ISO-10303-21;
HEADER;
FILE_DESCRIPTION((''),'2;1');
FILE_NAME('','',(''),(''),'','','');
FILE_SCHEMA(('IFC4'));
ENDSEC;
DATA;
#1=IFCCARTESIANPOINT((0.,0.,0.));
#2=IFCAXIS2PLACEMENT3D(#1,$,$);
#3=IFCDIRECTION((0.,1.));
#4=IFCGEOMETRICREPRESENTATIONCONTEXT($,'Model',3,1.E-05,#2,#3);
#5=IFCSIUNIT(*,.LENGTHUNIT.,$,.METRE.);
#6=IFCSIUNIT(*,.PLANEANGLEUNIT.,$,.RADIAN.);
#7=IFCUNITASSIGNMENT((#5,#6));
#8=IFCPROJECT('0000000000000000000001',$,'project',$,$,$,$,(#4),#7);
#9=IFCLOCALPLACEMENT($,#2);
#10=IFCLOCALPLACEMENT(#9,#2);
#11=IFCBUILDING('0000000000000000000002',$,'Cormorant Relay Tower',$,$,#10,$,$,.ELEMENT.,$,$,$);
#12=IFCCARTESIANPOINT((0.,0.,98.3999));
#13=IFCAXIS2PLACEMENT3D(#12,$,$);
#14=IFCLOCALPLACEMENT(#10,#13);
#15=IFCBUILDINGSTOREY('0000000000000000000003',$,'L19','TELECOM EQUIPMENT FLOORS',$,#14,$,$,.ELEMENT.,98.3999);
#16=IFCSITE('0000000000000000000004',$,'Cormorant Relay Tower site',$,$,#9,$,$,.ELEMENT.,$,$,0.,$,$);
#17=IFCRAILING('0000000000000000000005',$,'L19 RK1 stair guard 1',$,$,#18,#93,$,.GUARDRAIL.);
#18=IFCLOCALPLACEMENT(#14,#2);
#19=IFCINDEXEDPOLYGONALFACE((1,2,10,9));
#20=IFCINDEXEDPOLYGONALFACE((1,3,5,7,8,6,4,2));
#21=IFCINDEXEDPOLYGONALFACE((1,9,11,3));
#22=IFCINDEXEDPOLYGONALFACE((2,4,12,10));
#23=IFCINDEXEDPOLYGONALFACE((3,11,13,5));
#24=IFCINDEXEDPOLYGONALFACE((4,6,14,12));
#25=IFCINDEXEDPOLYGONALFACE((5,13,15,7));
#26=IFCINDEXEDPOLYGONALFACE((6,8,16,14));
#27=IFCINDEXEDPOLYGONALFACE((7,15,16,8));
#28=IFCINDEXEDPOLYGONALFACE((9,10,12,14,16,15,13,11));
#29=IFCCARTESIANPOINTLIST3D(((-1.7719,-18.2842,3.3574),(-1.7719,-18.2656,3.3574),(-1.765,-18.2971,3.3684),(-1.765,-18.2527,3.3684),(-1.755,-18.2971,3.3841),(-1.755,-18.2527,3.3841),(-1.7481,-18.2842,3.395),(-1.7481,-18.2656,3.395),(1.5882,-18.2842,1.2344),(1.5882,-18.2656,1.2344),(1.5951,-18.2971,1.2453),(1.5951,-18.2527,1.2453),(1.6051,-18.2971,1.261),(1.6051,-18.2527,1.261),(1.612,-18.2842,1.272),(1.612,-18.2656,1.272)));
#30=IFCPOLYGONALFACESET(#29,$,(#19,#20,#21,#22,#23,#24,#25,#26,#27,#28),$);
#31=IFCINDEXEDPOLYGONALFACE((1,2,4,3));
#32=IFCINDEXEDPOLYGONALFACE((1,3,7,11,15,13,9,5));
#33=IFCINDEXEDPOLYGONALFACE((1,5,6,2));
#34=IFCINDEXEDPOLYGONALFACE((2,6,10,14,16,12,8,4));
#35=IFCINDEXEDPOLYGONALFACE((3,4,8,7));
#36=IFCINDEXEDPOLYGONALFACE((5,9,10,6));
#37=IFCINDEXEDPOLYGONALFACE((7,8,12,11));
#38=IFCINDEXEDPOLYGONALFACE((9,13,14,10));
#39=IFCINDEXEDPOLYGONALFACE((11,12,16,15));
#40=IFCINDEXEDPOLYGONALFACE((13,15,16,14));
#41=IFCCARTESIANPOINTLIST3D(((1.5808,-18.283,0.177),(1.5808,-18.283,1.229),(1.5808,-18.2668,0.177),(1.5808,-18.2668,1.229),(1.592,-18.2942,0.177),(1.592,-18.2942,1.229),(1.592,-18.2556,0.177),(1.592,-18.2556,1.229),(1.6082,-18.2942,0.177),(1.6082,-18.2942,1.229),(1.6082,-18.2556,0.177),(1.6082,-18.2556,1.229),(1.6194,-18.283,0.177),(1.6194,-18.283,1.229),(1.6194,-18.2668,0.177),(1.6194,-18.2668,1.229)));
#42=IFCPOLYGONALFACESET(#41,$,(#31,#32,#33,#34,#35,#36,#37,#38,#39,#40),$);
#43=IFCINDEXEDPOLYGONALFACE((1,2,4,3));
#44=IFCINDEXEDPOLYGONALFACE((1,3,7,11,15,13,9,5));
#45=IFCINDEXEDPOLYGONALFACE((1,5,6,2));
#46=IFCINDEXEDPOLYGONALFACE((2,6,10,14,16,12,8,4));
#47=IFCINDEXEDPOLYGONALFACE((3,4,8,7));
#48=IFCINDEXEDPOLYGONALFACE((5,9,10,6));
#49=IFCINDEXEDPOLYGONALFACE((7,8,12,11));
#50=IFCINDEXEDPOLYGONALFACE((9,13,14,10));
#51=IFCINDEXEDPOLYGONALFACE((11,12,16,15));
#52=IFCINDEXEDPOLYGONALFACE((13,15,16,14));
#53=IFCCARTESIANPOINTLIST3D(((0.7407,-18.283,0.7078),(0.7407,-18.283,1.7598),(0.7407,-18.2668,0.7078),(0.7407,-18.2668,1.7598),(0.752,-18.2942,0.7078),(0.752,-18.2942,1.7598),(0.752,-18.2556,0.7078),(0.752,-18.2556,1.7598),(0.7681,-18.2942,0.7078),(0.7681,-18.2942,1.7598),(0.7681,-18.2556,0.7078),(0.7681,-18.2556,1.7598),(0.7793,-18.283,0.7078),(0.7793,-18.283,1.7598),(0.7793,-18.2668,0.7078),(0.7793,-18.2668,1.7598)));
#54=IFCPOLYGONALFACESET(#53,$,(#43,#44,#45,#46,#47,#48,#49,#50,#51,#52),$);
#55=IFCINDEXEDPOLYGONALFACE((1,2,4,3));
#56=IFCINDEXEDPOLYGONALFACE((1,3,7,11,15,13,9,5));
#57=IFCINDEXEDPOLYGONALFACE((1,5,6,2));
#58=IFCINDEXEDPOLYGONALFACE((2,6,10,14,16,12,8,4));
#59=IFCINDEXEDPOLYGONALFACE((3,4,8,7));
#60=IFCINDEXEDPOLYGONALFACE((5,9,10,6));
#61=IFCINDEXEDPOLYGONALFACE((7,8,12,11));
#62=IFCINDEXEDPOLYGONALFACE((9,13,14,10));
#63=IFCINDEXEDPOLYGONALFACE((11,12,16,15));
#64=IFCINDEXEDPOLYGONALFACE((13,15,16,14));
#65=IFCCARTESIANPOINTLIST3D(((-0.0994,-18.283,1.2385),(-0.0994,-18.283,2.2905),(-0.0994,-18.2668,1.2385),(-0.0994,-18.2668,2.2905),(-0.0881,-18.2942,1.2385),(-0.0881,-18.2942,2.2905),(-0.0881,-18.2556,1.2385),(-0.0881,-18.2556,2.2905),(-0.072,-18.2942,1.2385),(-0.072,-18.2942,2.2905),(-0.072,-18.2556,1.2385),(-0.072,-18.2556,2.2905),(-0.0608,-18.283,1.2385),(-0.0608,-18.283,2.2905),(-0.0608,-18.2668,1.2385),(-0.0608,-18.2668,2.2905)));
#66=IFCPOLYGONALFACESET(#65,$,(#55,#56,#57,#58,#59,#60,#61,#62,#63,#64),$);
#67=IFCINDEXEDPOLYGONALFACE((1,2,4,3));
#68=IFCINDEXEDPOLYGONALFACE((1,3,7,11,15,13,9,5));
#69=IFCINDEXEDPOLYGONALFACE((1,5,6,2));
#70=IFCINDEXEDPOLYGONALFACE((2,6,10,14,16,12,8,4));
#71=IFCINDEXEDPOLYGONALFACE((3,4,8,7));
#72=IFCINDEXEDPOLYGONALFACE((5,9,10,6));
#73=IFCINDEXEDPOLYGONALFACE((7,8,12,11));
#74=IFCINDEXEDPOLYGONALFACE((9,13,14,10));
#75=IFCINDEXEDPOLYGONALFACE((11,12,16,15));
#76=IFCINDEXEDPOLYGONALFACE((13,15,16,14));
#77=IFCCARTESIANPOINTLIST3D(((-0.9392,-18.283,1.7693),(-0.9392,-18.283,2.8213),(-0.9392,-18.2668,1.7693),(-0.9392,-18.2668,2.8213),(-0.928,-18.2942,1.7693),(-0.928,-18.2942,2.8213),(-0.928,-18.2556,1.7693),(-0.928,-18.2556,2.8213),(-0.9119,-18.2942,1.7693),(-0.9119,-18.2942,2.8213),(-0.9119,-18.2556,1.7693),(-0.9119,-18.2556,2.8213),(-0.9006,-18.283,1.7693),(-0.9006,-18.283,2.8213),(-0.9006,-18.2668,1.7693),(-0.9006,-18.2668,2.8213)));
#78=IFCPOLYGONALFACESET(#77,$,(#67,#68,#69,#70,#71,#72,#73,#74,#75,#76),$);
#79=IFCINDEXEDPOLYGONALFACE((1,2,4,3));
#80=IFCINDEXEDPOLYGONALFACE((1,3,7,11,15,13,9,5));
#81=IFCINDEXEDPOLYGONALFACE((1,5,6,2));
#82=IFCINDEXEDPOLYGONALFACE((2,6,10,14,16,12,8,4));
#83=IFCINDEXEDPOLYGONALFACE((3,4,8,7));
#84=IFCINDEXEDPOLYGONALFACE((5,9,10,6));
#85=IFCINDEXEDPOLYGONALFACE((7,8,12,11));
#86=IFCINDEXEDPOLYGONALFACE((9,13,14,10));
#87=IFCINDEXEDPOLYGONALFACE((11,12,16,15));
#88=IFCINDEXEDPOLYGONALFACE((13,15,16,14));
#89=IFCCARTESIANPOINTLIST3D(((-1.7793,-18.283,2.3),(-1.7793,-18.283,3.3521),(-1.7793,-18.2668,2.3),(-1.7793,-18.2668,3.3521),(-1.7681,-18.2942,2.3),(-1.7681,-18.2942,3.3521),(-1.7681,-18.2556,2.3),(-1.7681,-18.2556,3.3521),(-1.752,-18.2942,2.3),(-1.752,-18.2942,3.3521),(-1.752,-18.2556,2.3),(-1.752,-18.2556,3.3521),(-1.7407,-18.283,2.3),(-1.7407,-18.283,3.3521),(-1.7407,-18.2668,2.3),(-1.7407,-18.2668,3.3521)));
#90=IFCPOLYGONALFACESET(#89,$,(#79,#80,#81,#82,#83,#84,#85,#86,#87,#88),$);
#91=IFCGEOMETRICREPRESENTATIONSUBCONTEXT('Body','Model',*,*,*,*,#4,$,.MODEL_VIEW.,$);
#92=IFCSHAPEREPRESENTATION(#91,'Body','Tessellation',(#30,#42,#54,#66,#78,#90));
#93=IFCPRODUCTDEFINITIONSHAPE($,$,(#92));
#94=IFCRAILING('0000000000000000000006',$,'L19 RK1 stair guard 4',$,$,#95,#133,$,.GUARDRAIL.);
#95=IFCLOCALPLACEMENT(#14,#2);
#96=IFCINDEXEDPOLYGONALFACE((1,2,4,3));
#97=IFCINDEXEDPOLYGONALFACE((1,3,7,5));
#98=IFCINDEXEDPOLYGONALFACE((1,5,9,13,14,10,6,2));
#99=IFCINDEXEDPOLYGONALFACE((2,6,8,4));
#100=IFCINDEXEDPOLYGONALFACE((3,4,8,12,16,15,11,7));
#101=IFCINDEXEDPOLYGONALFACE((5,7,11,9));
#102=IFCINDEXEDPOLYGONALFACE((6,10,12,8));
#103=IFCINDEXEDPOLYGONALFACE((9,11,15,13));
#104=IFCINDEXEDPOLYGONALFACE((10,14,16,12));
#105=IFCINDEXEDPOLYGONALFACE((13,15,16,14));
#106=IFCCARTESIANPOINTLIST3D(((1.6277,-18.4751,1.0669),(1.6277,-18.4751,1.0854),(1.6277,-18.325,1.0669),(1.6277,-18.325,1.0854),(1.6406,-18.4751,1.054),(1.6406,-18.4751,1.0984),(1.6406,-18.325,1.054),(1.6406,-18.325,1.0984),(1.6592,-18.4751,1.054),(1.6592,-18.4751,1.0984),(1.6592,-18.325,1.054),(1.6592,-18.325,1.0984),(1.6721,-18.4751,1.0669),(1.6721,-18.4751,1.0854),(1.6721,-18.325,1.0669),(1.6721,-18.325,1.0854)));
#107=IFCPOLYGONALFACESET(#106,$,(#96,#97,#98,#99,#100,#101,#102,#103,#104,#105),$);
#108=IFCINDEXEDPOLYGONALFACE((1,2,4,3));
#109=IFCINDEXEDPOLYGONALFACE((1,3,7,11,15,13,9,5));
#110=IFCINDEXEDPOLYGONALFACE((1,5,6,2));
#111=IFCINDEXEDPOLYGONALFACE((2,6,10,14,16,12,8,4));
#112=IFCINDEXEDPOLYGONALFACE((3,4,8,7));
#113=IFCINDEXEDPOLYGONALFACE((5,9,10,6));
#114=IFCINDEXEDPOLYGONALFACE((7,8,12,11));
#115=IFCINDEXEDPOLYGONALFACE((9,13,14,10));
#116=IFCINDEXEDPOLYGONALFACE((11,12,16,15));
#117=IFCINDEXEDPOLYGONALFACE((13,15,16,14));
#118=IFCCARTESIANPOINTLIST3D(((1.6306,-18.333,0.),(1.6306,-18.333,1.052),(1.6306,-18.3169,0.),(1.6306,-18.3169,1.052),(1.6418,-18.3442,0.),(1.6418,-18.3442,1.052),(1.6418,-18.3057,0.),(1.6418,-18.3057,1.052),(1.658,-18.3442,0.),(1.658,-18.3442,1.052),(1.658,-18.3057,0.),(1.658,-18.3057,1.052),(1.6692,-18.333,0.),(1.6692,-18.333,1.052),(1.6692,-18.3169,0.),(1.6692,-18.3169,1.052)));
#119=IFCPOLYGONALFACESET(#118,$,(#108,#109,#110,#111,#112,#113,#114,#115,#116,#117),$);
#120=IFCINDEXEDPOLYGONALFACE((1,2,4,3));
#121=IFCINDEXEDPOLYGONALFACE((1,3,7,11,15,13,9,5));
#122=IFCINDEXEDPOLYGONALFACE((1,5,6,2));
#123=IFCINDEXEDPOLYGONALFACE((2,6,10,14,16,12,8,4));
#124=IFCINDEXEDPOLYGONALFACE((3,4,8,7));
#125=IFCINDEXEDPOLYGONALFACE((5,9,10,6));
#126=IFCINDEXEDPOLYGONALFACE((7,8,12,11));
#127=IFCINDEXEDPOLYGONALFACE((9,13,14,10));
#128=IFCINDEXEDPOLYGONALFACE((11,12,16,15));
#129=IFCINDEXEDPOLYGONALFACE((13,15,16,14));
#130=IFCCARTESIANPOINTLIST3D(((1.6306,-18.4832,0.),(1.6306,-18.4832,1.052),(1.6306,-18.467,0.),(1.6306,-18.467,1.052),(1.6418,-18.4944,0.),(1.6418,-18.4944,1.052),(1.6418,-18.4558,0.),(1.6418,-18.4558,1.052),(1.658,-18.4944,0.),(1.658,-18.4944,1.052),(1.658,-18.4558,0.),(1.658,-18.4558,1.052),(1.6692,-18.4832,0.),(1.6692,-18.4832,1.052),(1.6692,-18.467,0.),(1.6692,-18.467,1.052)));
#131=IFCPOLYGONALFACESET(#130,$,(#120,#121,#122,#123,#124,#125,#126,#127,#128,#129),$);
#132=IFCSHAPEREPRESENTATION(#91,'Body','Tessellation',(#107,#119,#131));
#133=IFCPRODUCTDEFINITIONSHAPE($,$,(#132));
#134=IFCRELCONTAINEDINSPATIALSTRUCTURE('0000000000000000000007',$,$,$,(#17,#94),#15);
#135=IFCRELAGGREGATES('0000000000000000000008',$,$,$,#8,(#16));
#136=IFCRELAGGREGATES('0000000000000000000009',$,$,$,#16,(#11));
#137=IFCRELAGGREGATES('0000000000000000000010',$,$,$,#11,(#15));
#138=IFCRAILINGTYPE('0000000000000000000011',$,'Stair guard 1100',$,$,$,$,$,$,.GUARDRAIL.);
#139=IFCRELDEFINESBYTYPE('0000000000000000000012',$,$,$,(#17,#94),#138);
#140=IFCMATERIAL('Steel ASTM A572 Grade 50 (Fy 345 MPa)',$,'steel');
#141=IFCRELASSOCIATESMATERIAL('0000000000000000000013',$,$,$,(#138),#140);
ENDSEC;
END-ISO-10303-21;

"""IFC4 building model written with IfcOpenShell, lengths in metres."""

from ifc_helpers import new_model, si_unit, direction, frame, origin, place, context, subcontext, project, spatial, polyline, outline, extrude, material, type_object, element, save


model = new_model("IFC4")

# Units and contexts
model_context = context("Model", 3, precision=1e-05, world=origin(), true_north=direction((0.0, 1.0)))
body_context = subcontext(model_context, "Body", "Model", "MODEL_VIEW")
ifc_project = project(units=[si_unit("LENGTHUNIT", "METRE"), si_unit("PLANEANGLEUNIT", "RADIAN")], contexts=[model_context])

# Site, building, storey
site_placement = place(None, origin())
site = spatial("IfcSite", under=ifc_project, at=site_placement, Name="Cormorant Relay Tower site", CompositionType="ELEMENT", RefElevation=0.0)
building_placement = place(site_placement, origin())
building = spatial("IfcBuilding", under=site, at=building_placement, Name="Cormorant Relay Tower", CompositionType="ELEMENT")
storey_placement = place(building_placement, frame((0.0, 0.0, 98.3999)))
storey = spatial("IfcBuildingStorey", under=building, at=storey_placement, Name="L19", Description="TELECOM EQUIPMENT FLOORS", CompositionType="ELEMENT", Elevation=98.3999)

# Railings
ifc_material_1 = material(Name="Steel ASTM A572 Grade 50 (Fy 345 MPa)", Category="steel")
railing_type_1 = type_object("IfcRailingType", Name="Stair guard 1100", PredefinedType="GUARDRAIL", material=ifc_material_1)
railing_1_placement = place(storey_placement, frame((1.6001, -18.2749, 0.177)))
element("IfcRailing", 1, at=railing_1_placement, inside=storey, type_object=railing_type_1, Name="L19 RK1 stair guard 1", PredefinedType="GUARDRAIL", context=body_context, shape_type="SweptSolid", body=[
    extrude(outline(polyline([(0.0222, 0.0093), (0.0093, 0.0222), (-0.0093, 0.0222), (-0.0222, 0.0093), (-0.0222, -0.0093), (-0.0093, -0.0222), (0.0093, -0.0222), (0.0222, -0.0093), (0.0222, 0.0093)])), frame((0.0, 0.0, 1.0762), z_axis=(-0.84539, 0.0, 0.53415), x_axis=(0.0, -1.0, 0.0)), (0.0, 0.0, 1.0), 3.9746),
    extrude(outline(polyline([(0.0193, 0.0081), (0.0081, 0.0193), (-0.0081, 0.0193), (-0.0193, 0.0081), (-0.0193, -0.0081), (-0.0081, -0.0193), (0.0081, -0.0193), (0.0193, -0.0081), (0.0193, 0.0081)])), origin(), (0.0, 0.0, 1.0), 1.052),
    extrude(outline(polyline([(0.0193, 0.0081), (0.0081, 0.0193), (-0.0081, 0.0193), (-0.0193, 0.0081), (-0.0193, -0.0081), (-0.0081, -0.0193), (0.0081, -0.0193), (0.0193, -0.0081), (0.0193, 0.0081)])), frame((-0.8401, 0.0, 0.5308)), (0.0, 0.0, 1.0), 1.052),
    extrude(outline(polyline([(0.0193, 0.0081), (0.0081, 0.0193), (-0.0081, 0.0193), (-0.0193, 0.0081), (-0.0193, -0.0081), (-0.0081, -0.0193), (0.0081, -0.0193), (0.0193, -0.0081), (0.0193, 0.0081)])), frame((-1.6802, 0.0, 1.0615)), (0.0, 0.0, 1.0), 1.052),
    extrude(outline(polyline([(0.0193, 0.0081), (0.0081, 0.0193), (-0.0081, 0.0193), (-0.0193, 0.0081), (-0.0193, -0.0081), (-0.0081, -0.0193), (0.0081, -0.0193), (0.0193, -0.0081), (0.0193, 0.0081)])), frame((-2.52, 0.0, 1.5923)), (0.0, 0.0, 1.0), 1.052),
    extrude(outline(polyline([(0.0193, 0.0081), (0.0081, 0.0193), (-0.0081, 0.0193), (-0.0193, 0.0081), (-0.0193, -0.0081), (-0.0081, -0.0193), (0.0081, -0.0193), (0.0193, -0.0081), (0.0193, 0.0081)])), frame((-3.3601, 0.0, 2.123)), (0.0, 0.0, 1.0), 1.052),
])
railing_2_placement = place(storey_placement, frame((1.6499, -18.325, 0.0)))
element("IfcRailing", 2, at=railing_2_placement, inside=storey, type_object=railing_type_1, Name="L19 RK1 stair guard 4", PredefinedType="GUARDRAIL", context=body_context, shape_type="SweptSolid", body=[
    extrude(outline(polyline([(0.0222, 0.0093), (0.0093, 0.0222), (-0.0093, 0.0222), (-0.0222, 0.0093), (-0.0222, -0.0093), (-0.0093, -0.0222), (0.0093, -0.0222), (0.0222, -0.0093), (0.0222, 0.0093)])), frame((0.0, 0.0, 1.0762), z_axis=(0.0, -1.0, 0.0), x_axis=(1.0, 0.0, 0.0)), (0.0, 0.0, 1.0), 0.1501),
    extrude(outline(polyline([(0.0193, 0.0081), (0.0081, 0.0193), (-0.0081, 0.0193), (-0.0193, 0.0081), (-0.0193, -0.0081), (-0.0081, -0.0193), (0.0081, -0.0193), (0.0193, -0.0081), (0.0193, 0.0081)])), origin(), (0.0, 0.0, 1.0), 1.052),
    extrude(outline(polyline([(0.0193, 0.0081), (0.0081, 0.0193), (-0.0081, 0.0193), (-0.0193, 0.0081), (-0.0193, -0.0081), (-0.0081, -0.0193), (0.0081, -0.0193), (0.0193, -0.0081), (0.0193, 0.0081)])), frame((0.0, -0.1501, 0.0)), (0.0, 0.0, 1.0), 1.052),
])

save(model, "model.ifc")
